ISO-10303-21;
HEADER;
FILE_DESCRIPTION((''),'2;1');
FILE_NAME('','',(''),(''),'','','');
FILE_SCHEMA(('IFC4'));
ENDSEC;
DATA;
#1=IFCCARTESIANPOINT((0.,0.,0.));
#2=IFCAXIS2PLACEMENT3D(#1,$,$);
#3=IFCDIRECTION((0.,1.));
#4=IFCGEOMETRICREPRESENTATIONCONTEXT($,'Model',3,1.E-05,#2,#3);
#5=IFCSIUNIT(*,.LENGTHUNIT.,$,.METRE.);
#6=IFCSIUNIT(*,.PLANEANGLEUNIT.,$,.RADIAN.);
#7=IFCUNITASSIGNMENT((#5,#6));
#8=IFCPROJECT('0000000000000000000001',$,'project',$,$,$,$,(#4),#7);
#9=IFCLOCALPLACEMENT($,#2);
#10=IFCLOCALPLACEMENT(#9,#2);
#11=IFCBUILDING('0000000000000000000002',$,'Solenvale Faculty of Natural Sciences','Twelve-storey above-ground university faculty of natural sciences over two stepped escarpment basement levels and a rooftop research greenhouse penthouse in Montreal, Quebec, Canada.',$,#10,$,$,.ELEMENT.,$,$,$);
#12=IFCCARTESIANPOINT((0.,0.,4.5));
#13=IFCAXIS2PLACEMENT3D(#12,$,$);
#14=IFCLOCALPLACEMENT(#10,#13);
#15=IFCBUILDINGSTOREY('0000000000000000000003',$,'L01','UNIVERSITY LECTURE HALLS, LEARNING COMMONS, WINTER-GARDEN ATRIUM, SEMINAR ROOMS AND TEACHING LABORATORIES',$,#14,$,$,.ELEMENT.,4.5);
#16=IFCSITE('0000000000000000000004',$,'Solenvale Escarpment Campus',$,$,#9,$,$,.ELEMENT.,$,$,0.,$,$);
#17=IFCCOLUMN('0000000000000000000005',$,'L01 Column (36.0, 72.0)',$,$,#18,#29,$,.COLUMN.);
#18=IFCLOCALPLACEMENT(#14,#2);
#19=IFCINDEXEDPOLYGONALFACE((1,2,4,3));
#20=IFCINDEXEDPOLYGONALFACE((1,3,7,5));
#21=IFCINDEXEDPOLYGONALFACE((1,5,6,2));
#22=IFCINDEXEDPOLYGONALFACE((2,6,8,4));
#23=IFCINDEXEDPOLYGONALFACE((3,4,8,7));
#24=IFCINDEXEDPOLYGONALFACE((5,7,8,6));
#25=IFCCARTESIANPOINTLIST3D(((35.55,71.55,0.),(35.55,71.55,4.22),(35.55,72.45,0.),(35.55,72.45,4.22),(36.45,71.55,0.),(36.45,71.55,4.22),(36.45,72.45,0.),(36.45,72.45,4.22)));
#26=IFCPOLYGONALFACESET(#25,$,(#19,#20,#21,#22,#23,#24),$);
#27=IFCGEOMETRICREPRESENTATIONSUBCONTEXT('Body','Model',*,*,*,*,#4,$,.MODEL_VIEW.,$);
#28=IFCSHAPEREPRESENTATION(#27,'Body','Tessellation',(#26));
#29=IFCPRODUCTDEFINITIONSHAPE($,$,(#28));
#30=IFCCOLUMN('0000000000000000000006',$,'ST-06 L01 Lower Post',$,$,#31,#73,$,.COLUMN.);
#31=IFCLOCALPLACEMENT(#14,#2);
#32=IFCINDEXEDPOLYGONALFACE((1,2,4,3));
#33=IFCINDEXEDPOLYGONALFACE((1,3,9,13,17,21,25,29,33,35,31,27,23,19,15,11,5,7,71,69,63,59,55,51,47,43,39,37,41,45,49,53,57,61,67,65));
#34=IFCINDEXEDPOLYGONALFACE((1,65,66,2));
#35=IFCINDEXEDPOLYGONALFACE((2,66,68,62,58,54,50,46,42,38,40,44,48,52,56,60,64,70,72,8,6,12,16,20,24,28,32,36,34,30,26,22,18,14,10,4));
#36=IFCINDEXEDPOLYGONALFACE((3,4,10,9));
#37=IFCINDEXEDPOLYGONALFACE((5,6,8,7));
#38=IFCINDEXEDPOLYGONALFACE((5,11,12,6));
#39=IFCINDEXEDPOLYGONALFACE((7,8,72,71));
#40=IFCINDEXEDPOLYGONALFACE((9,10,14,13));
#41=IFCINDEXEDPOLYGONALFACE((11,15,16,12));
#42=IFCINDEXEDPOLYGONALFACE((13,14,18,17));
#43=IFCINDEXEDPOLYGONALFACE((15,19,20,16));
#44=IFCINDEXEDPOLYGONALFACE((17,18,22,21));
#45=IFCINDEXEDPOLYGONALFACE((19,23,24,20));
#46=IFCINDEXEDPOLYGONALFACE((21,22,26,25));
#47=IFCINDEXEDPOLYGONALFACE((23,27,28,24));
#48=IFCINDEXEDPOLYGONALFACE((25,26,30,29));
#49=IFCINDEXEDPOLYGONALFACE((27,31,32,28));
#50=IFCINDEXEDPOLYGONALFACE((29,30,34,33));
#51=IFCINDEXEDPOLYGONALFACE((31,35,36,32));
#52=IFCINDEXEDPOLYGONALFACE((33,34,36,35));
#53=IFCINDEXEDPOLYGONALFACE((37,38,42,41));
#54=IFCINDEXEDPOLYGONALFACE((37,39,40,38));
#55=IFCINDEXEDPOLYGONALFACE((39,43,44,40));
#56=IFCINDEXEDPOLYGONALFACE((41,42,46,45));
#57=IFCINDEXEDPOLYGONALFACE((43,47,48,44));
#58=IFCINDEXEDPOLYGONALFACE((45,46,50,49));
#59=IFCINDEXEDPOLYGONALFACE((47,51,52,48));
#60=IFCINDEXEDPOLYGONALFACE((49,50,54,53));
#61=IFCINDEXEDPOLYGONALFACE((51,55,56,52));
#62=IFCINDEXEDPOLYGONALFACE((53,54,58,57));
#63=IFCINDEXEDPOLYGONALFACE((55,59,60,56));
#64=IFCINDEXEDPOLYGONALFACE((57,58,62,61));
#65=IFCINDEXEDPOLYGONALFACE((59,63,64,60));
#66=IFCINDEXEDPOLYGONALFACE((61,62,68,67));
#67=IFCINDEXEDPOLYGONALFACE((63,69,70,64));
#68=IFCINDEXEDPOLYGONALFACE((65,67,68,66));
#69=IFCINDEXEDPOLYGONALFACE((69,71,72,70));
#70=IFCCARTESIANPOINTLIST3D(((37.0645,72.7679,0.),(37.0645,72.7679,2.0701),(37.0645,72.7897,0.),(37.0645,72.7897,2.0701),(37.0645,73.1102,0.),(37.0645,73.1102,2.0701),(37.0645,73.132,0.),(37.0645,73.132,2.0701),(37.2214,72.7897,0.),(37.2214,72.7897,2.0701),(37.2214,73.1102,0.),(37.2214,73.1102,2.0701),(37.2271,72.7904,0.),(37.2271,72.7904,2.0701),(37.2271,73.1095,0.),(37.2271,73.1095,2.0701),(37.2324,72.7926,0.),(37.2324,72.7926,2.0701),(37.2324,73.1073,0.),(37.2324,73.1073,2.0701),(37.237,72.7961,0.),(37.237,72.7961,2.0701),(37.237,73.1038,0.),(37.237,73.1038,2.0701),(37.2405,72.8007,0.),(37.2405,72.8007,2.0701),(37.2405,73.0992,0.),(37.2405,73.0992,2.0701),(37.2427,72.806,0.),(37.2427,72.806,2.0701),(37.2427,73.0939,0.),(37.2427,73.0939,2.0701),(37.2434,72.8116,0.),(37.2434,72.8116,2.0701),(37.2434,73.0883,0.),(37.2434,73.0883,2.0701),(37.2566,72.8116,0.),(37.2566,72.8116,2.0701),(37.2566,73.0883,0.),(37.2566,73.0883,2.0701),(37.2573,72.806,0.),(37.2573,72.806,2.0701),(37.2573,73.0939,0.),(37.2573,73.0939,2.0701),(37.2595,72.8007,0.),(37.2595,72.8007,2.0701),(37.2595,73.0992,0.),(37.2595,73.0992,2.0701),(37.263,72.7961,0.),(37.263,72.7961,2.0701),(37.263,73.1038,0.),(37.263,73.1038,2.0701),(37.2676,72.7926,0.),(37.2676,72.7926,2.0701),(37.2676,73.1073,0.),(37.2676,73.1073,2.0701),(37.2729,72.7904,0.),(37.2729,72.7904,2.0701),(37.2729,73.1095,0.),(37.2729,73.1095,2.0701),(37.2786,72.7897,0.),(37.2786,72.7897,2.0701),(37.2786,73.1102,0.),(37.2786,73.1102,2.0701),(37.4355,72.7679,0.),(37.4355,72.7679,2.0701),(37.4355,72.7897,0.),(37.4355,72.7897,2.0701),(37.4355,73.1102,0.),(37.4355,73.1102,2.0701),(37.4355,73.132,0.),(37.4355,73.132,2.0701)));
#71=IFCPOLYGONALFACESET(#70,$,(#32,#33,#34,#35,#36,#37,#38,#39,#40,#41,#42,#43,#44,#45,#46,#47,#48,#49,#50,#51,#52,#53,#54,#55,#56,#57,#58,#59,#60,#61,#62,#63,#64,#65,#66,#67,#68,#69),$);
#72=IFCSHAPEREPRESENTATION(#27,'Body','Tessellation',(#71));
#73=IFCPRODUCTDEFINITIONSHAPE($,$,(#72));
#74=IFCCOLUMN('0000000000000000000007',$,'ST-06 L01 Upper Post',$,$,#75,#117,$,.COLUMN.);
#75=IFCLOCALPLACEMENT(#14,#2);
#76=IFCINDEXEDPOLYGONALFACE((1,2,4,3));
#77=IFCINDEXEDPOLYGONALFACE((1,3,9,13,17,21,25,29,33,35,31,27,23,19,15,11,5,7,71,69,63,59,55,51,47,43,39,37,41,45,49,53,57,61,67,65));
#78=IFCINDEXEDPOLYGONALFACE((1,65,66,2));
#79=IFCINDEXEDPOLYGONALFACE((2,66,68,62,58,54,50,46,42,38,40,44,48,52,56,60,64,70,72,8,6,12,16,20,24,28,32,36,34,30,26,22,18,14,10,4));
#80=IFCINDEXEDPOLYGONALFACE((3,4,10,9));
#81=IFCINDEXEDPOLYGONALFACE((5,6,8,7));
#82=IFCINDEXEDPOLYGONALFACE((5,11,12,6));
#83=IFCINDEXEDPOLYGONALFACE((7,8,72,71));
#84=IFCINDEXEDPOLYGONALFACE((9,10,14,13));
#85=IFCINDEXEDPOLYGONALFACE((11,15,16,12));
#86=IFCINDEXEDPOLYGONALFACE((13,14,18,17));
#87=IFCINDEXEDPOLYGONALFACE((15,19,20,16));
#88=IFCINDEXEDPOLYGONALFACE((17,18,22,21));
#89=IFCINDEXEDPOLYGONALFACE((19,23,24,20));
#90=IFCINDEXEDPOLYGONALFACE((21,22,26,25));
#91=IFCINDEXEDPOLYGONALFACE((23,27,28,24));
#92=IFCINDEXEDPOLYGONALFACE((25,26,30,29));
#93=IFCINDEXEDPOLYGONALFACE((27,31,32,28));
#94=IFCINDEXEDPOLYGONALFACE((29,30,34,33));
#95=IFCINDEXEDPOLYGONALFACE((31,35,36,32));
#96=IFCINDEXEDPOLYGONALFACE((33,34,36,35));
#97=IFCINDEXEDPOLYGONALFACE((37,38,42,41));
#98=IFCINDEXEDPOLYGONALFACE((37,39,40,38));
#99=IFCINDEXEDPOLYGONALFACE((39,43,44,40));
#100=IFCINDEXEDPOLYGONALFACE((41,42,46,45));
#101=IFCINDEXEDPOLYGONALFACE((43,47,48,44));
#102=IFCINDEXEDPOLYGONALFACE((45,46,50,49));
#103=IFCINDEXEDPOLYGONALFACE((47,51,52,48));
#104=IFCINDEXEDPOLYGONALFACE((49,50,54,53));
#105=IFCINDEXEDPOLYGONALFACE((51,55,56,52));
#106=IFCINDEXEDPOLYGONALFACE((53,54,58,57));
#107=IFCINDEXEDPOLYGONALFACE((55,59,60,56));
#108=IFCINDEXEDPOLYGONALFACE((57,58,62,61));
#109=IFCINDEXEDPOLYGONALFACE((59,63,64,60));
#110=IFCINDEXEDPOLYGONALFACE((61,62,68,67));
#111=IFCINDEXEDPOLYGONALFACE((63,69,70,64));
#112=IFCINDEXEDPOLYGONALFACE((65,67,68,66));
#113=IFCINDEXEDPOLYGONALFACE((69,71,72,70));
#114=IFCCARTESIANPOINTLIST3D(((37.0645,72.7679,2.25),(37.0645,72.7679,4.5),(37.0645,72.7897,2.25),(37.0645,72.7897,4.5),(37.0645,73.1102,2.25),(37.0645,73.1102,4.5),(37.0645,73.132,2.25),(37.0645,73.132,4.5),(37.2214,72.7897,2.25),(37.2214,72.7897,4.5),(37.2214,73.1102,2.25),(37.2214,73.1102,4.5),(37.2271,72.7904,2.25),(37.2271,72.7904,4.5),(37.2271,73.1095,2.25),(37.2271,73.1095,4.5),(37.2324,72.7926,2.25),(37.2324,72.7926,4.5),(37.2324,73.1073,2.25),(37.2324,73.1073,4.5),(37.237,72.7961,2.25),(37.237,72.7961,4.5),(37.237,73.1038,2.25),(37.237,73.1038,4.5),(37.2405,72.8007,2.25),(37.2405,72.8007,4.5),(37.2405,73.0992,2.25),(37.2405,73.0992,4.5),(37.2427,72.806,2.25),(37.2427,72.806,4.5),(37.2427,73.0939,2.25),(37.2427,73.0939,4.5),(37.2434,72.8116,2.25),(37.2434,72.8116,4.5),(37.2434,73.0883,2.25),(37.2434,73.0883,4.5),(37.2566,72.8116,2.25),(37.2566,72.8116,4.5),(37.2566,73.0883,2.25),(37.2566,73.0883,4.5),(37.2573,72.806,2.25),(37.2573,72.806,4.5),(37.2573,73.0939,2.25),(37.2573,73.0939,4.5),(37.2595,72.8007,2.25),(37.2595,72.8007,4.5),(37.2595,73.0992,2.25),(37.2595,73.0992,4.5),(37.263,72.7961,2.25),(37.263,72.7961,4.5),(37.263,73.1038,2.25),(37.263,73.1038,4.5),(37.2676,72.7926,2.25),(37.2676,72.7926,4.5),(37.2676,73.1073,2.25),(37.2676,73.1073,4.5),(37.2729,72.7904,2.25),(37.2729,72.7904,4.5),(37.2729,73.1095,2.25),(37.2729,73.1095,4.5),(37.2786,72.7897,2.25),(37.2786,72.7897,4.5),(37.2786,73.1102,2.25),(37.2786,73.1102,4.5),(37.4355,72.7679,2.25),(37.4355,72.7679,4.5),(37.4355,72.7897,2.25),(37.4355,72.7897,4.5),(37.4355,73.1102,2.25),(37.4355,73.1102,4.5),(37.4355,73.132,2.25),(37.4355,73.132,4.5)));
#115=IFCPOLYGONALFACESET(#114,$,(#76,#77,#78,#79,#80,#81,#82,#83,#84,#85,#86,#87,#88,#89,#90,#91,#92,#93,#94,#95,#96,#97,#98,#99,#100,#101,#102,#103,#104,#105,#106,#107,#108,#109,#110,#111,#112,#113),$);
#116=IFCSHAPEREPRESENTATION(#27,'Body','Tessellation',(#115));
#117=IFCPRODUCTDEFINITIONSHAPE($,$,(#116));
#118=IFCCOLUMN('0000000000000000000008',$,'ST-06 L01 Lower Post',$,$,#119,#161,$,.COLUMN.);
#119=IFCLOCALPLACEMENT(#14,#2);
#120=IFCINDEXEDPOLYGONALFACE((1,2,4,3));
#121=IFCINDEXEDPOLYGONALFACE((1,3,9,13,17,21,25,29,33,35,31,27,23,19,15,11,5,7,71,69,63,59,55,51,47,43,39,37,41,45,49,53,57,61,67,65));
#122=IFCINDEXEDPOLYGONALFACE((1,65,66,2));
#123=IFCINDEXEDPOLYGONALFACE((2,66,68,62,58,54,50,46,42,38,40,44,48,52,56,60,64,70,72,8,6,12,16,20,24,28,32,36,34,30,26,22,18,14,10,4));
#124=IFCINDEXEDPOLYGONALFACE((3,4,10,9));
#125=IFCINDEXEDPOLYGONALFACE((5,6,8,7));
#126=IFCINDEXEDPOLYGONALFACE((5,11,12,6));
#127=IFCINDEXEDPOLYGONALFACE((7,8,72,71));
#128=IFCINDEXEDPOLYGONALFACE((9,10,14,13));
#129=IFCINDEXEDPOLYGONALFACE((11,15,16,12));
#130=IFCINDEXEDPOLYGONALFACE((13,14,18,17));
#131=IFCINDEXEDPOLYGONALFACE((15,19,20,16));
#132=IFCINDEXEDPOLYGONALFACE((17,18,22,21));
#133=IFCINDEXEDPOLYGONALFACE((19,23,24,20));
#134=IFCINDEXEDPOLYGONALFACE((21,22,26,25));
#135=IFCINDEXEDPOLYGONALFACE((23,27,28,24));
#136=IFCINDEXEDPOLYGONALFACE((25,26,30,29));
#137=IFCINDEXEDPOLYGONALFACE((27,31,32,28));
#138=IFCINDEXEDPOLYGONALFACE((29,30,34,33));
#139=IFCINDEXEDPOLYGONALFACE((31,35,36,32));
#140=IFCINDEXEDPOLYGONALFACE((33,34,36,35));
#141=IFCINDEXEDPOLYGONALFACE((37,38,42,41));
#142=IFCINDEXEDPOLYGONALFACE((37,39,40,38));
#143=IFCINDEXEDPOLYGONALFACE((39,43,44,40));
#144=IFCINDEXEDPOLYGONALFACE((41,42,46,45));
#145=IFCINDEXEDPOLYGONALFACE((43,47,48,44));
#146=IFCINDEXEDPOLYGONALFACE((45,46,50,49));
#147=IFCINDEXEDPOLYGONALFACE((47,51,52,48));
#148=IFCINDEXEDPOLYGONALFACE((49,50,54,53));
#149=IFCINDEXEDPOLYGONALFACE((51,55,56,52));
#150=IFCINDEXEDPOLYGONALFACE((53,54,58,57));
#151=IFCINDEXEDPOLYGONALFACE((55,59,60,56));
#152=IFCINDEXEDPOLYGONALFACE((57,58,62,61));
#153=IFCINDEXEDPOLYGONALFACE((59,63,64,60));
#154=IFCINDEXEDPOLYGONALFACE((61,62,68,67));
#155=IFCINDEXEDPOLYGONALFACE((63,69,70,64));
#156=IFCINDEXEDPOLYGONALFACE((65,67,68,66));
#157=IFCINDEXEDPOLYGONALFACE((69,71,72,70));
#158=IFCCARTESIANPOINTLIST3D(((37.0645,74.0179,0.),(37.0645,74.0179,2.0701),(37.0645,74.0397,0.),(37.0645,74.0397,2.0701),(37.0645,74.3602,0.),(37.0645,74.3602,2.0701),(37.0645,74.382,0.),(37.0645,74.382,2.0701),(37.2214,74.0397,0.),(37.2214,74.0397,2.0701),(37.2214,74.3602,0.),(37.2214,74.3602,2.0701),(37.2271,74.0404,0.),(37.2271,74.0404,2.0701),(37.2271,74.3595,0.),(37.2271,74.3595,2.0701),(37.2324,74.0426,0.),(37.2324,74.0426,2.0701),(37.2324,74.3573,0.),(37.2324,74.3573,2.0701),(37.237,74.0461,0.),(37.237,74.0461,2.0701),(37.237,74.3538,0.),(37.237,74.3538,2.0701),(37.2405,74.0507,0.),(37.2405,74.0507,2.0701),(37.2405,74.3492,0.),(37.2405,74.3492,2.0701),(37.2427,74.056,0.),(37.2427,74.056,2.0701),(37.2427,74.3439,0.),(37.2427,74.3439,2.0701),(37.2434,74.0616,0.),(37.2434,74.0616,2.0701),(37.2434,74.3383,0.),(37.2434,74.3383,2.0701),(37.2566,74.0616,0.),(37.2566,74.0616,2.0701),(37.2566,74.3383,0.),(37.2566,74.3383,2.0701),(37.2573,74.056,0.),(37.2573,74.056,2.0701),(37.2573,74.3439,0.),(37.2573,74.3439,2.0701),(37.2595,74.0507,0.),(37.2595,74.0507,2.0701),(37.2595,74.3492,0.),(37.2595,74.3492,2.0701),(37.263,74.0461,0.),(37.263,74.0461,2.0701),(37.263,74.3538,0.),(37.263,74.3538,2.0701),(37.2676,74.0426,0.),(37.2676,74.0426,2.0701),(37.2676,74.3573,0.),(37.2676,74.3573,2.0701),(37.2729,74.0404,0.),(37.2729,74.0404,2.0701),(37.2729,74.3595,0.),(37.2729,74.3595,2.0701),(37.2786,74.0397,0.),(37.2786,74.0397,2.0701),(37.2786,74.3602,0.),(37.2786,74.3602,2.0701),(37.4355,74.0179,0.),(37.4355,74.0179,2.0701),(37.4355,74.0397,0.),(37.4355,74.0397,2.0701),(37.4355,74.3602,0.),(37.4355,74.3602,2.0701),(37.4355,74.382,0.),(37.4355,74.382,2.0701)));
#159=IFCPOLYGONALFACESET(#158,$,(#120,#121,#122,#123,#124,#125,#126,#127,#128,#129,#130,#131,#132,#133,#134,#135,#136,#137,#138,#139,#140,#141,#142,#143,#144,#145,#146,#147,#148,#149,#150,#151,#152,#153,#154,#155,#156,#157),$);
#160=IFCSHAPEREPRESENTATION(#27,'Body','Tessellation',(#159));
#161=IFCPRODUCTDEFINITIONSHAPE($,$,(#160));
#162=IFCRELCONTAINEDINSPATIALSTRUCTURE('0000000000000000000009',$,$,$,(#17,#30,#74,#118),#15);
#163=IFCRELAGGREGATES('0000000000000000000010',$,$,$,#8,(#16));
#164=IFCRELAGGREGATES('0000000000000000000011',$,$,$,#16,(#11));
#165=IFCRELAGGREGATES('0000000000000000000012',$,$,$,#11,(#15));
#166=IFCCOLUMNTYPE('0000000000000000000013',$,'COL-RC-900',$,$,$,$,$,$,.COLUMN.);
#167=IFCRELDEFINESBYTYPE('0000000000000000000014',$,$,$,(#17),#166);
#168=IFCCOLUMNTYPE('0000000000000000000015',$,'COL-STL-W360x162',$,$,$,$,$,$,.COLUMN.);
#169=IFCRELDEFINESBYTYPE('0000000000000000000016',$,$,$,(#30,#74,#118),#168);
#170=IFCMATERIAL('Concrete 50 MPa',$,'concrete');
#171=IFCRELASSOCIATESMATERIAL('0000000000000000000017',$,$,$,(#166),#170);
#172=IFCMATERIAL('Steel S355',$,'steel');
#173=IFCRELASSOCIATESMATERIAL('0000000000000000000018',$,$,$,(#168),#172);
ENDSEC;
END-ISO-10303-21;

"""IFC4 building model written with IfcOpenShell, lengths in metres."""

from ifc_helpers import new_model, si_unit, direction, frame, origin, origin_2d, place, context, subcontext, project, spatial, rectangle, i_section, extrude, material, material_profile, profile_set, type_object, element, save


model = new_model("IFC4")

# Units and contexts
model_context = context("Model", 3, precision=1e-05, world=origin(), true_north=direction((0.0, 1.0)))
body_context = subcontext(model_context, "Body", "Model", "MODEL_VIEW")
ifc_project = project(units=[si_unit("LENGTHUNIT", "METRE"), si_unit("PLANEANGLEUNIT", "RADIAN")], contexts=[model_context])

# Site, building, storey
site_placement = place(None, origin())
site = spatial("IfcSite", under=ifc_project, at=site_placement, Name="Solenvale Escarpment Campus", CompositionType="ELEMENT", RefElevation=0.0)
building_placement = place(site_placement, origin())
building = spatial("IfcBuilding", under=site, at=building_placement, Name="Solenvale Faculty of Natural Sciences", Description="Twelve-storey above-ground university faculty of natural sciences over two stepped escarpment basement levels and a rooftop research greenhouse penthouse in Montreal, Quebec, Canada.", CompositionType="ELEMENT")
storey_placement = place(building_placement, frame((0.0, 0.0, 4.5)))
storey = spatial("IfcBuildingStorey", under=building, at=storey_placement, Name="L01", Description="UNIVERSITY LECTURE HALLS, LEARNING COMMONS, WINTER-GARDEN ATRIUM, SEMINAR ROOMS AND TEACHING LABORATORIES", CompositionType="ELEMENT", Elevation=4.5)

# Columns
ifc_material_1 = material(Name="Concrete 50 MPa", Category="concrete")
ifc_material_profile_1 = material_profile(ifc_material_1, rectangle(XDim=0.8999, YDim=0.8999, at=origin_2d()), Name="RC-COL-900x900")
ifc_profile_set_1 = profile_set([ifc_material_profile_1], Name="Concrete 50 MPa")
column_type_1 = type_object("IfcColumnType", Name="COL-RC-900", PredefinedType="COLUMN", material=ifc_profile_set_1)
column_1_placement = place(storey_placement, frame((36.0, 72.0, 0.0), z_axis=(0.0, 0.0, 1.0), x_axis=(1.0, 0.0, 0.0)))
element("IfcColumn", 1, at=column_1_placement, inside=storey, type_object=column_type_1, Name="L01 Column (36.0, 72.0)", PredefinedType="COLUMN", context=body_context, shape_type="SweptSolid", body=[
    extrude(rectangle(XDim=0.8999, YDim=0.8999, at=origin_2d()), origin(), (0.0, 0.0, 1.0), 4.22),
])
ifc_material_2 = material(Name="Steel S355", Category="steel")
ifc_material_profile_2 = material_profile(ifc_material_2, i_section(OverallWidth=0.3711, OverallDepth=0.364, WebThickness=0.0132, FlangeThickness=0.0217, FilletRadius=0.022, at=origin_2d()), Name="W360x162")
ifc_profile_set_2 = profile_set([ifc_material_profile_2], Name="Steel S355")
column_type_2 = type_object("IfcColumnType", Name="COL-STL-W360x162", PredefinedType="COLUMN", material=ifc_profile_set_2)
column_2_placement = place(storey_placement, frame((37.25, 72.95, 0.0), z_axis=(0.0, 0.0, 1.0), x_axis=(1.0, 0.0, 0.0)))
element("IfcColumn", 2, at=column_2_placement, inside=storey, type_object=column_type_2, Name="ST-06 L01 Lower Post", PredefinedType="COLUMN", context=body_context, shape_type="SweptSolid", body=[
    extrude(i_section(OverallWidth=0.3711, OverallDepth=0.364, WebThickness=0.0132, FlangeThickness=0.0217, FilletRadius=0.022, at=origin_2d()), origin(), (0.0, 0.0, 1.0), 2.0701),
])
column_3_placement = place(storey_placement, frame((37.25, 72.95, 2.25), z_axis=(0.0, 0.0, 1.0), x_axis=(1.0, 0.0, 0.0)))
element("IfcColumn", 3, at=column_3_placement, inside=storey, type_object=column_type_2, Name="ST-06 L01 Upper Post", PredefinedType="COLUMN", context=body_context, shape_type="SweptSolid", body=[
    extrude(i_section(OverallWidth=0.3711, OverallDepth=0.364, WebThickness=0.0132, FlangeThickness=0.0217, FilletRadius=0.022, at=origin_2d()), origin(), (0.0, 0.0, 1.0), 2.25),
])
column_4_placement = place(storey_placement, frame((37.25, 74.2, 0.0), z_axis=(0.0, 0.0, 1.0), x_axis=(1.0, 0.0, 0.0)))
element("IfcColumn", 4, at=column_4_placement, inside=storey, type_object=column_type_2, Name="ST-06 L01 Lower Post", PredefinedType="COLUMN", context=body_context, shape_type="SweptSolid", body=[
    extrude(i_section(OverallWidth=0.3711, OverallDepth=0.364, WebThickness=0.0132, FlangeThickness=0.0217, FilletRadius=0.022, at=origin_2d()), origin(), (0.0, 0.0, 1.0), 2.0701),
])

save(model, "model.ifc")
